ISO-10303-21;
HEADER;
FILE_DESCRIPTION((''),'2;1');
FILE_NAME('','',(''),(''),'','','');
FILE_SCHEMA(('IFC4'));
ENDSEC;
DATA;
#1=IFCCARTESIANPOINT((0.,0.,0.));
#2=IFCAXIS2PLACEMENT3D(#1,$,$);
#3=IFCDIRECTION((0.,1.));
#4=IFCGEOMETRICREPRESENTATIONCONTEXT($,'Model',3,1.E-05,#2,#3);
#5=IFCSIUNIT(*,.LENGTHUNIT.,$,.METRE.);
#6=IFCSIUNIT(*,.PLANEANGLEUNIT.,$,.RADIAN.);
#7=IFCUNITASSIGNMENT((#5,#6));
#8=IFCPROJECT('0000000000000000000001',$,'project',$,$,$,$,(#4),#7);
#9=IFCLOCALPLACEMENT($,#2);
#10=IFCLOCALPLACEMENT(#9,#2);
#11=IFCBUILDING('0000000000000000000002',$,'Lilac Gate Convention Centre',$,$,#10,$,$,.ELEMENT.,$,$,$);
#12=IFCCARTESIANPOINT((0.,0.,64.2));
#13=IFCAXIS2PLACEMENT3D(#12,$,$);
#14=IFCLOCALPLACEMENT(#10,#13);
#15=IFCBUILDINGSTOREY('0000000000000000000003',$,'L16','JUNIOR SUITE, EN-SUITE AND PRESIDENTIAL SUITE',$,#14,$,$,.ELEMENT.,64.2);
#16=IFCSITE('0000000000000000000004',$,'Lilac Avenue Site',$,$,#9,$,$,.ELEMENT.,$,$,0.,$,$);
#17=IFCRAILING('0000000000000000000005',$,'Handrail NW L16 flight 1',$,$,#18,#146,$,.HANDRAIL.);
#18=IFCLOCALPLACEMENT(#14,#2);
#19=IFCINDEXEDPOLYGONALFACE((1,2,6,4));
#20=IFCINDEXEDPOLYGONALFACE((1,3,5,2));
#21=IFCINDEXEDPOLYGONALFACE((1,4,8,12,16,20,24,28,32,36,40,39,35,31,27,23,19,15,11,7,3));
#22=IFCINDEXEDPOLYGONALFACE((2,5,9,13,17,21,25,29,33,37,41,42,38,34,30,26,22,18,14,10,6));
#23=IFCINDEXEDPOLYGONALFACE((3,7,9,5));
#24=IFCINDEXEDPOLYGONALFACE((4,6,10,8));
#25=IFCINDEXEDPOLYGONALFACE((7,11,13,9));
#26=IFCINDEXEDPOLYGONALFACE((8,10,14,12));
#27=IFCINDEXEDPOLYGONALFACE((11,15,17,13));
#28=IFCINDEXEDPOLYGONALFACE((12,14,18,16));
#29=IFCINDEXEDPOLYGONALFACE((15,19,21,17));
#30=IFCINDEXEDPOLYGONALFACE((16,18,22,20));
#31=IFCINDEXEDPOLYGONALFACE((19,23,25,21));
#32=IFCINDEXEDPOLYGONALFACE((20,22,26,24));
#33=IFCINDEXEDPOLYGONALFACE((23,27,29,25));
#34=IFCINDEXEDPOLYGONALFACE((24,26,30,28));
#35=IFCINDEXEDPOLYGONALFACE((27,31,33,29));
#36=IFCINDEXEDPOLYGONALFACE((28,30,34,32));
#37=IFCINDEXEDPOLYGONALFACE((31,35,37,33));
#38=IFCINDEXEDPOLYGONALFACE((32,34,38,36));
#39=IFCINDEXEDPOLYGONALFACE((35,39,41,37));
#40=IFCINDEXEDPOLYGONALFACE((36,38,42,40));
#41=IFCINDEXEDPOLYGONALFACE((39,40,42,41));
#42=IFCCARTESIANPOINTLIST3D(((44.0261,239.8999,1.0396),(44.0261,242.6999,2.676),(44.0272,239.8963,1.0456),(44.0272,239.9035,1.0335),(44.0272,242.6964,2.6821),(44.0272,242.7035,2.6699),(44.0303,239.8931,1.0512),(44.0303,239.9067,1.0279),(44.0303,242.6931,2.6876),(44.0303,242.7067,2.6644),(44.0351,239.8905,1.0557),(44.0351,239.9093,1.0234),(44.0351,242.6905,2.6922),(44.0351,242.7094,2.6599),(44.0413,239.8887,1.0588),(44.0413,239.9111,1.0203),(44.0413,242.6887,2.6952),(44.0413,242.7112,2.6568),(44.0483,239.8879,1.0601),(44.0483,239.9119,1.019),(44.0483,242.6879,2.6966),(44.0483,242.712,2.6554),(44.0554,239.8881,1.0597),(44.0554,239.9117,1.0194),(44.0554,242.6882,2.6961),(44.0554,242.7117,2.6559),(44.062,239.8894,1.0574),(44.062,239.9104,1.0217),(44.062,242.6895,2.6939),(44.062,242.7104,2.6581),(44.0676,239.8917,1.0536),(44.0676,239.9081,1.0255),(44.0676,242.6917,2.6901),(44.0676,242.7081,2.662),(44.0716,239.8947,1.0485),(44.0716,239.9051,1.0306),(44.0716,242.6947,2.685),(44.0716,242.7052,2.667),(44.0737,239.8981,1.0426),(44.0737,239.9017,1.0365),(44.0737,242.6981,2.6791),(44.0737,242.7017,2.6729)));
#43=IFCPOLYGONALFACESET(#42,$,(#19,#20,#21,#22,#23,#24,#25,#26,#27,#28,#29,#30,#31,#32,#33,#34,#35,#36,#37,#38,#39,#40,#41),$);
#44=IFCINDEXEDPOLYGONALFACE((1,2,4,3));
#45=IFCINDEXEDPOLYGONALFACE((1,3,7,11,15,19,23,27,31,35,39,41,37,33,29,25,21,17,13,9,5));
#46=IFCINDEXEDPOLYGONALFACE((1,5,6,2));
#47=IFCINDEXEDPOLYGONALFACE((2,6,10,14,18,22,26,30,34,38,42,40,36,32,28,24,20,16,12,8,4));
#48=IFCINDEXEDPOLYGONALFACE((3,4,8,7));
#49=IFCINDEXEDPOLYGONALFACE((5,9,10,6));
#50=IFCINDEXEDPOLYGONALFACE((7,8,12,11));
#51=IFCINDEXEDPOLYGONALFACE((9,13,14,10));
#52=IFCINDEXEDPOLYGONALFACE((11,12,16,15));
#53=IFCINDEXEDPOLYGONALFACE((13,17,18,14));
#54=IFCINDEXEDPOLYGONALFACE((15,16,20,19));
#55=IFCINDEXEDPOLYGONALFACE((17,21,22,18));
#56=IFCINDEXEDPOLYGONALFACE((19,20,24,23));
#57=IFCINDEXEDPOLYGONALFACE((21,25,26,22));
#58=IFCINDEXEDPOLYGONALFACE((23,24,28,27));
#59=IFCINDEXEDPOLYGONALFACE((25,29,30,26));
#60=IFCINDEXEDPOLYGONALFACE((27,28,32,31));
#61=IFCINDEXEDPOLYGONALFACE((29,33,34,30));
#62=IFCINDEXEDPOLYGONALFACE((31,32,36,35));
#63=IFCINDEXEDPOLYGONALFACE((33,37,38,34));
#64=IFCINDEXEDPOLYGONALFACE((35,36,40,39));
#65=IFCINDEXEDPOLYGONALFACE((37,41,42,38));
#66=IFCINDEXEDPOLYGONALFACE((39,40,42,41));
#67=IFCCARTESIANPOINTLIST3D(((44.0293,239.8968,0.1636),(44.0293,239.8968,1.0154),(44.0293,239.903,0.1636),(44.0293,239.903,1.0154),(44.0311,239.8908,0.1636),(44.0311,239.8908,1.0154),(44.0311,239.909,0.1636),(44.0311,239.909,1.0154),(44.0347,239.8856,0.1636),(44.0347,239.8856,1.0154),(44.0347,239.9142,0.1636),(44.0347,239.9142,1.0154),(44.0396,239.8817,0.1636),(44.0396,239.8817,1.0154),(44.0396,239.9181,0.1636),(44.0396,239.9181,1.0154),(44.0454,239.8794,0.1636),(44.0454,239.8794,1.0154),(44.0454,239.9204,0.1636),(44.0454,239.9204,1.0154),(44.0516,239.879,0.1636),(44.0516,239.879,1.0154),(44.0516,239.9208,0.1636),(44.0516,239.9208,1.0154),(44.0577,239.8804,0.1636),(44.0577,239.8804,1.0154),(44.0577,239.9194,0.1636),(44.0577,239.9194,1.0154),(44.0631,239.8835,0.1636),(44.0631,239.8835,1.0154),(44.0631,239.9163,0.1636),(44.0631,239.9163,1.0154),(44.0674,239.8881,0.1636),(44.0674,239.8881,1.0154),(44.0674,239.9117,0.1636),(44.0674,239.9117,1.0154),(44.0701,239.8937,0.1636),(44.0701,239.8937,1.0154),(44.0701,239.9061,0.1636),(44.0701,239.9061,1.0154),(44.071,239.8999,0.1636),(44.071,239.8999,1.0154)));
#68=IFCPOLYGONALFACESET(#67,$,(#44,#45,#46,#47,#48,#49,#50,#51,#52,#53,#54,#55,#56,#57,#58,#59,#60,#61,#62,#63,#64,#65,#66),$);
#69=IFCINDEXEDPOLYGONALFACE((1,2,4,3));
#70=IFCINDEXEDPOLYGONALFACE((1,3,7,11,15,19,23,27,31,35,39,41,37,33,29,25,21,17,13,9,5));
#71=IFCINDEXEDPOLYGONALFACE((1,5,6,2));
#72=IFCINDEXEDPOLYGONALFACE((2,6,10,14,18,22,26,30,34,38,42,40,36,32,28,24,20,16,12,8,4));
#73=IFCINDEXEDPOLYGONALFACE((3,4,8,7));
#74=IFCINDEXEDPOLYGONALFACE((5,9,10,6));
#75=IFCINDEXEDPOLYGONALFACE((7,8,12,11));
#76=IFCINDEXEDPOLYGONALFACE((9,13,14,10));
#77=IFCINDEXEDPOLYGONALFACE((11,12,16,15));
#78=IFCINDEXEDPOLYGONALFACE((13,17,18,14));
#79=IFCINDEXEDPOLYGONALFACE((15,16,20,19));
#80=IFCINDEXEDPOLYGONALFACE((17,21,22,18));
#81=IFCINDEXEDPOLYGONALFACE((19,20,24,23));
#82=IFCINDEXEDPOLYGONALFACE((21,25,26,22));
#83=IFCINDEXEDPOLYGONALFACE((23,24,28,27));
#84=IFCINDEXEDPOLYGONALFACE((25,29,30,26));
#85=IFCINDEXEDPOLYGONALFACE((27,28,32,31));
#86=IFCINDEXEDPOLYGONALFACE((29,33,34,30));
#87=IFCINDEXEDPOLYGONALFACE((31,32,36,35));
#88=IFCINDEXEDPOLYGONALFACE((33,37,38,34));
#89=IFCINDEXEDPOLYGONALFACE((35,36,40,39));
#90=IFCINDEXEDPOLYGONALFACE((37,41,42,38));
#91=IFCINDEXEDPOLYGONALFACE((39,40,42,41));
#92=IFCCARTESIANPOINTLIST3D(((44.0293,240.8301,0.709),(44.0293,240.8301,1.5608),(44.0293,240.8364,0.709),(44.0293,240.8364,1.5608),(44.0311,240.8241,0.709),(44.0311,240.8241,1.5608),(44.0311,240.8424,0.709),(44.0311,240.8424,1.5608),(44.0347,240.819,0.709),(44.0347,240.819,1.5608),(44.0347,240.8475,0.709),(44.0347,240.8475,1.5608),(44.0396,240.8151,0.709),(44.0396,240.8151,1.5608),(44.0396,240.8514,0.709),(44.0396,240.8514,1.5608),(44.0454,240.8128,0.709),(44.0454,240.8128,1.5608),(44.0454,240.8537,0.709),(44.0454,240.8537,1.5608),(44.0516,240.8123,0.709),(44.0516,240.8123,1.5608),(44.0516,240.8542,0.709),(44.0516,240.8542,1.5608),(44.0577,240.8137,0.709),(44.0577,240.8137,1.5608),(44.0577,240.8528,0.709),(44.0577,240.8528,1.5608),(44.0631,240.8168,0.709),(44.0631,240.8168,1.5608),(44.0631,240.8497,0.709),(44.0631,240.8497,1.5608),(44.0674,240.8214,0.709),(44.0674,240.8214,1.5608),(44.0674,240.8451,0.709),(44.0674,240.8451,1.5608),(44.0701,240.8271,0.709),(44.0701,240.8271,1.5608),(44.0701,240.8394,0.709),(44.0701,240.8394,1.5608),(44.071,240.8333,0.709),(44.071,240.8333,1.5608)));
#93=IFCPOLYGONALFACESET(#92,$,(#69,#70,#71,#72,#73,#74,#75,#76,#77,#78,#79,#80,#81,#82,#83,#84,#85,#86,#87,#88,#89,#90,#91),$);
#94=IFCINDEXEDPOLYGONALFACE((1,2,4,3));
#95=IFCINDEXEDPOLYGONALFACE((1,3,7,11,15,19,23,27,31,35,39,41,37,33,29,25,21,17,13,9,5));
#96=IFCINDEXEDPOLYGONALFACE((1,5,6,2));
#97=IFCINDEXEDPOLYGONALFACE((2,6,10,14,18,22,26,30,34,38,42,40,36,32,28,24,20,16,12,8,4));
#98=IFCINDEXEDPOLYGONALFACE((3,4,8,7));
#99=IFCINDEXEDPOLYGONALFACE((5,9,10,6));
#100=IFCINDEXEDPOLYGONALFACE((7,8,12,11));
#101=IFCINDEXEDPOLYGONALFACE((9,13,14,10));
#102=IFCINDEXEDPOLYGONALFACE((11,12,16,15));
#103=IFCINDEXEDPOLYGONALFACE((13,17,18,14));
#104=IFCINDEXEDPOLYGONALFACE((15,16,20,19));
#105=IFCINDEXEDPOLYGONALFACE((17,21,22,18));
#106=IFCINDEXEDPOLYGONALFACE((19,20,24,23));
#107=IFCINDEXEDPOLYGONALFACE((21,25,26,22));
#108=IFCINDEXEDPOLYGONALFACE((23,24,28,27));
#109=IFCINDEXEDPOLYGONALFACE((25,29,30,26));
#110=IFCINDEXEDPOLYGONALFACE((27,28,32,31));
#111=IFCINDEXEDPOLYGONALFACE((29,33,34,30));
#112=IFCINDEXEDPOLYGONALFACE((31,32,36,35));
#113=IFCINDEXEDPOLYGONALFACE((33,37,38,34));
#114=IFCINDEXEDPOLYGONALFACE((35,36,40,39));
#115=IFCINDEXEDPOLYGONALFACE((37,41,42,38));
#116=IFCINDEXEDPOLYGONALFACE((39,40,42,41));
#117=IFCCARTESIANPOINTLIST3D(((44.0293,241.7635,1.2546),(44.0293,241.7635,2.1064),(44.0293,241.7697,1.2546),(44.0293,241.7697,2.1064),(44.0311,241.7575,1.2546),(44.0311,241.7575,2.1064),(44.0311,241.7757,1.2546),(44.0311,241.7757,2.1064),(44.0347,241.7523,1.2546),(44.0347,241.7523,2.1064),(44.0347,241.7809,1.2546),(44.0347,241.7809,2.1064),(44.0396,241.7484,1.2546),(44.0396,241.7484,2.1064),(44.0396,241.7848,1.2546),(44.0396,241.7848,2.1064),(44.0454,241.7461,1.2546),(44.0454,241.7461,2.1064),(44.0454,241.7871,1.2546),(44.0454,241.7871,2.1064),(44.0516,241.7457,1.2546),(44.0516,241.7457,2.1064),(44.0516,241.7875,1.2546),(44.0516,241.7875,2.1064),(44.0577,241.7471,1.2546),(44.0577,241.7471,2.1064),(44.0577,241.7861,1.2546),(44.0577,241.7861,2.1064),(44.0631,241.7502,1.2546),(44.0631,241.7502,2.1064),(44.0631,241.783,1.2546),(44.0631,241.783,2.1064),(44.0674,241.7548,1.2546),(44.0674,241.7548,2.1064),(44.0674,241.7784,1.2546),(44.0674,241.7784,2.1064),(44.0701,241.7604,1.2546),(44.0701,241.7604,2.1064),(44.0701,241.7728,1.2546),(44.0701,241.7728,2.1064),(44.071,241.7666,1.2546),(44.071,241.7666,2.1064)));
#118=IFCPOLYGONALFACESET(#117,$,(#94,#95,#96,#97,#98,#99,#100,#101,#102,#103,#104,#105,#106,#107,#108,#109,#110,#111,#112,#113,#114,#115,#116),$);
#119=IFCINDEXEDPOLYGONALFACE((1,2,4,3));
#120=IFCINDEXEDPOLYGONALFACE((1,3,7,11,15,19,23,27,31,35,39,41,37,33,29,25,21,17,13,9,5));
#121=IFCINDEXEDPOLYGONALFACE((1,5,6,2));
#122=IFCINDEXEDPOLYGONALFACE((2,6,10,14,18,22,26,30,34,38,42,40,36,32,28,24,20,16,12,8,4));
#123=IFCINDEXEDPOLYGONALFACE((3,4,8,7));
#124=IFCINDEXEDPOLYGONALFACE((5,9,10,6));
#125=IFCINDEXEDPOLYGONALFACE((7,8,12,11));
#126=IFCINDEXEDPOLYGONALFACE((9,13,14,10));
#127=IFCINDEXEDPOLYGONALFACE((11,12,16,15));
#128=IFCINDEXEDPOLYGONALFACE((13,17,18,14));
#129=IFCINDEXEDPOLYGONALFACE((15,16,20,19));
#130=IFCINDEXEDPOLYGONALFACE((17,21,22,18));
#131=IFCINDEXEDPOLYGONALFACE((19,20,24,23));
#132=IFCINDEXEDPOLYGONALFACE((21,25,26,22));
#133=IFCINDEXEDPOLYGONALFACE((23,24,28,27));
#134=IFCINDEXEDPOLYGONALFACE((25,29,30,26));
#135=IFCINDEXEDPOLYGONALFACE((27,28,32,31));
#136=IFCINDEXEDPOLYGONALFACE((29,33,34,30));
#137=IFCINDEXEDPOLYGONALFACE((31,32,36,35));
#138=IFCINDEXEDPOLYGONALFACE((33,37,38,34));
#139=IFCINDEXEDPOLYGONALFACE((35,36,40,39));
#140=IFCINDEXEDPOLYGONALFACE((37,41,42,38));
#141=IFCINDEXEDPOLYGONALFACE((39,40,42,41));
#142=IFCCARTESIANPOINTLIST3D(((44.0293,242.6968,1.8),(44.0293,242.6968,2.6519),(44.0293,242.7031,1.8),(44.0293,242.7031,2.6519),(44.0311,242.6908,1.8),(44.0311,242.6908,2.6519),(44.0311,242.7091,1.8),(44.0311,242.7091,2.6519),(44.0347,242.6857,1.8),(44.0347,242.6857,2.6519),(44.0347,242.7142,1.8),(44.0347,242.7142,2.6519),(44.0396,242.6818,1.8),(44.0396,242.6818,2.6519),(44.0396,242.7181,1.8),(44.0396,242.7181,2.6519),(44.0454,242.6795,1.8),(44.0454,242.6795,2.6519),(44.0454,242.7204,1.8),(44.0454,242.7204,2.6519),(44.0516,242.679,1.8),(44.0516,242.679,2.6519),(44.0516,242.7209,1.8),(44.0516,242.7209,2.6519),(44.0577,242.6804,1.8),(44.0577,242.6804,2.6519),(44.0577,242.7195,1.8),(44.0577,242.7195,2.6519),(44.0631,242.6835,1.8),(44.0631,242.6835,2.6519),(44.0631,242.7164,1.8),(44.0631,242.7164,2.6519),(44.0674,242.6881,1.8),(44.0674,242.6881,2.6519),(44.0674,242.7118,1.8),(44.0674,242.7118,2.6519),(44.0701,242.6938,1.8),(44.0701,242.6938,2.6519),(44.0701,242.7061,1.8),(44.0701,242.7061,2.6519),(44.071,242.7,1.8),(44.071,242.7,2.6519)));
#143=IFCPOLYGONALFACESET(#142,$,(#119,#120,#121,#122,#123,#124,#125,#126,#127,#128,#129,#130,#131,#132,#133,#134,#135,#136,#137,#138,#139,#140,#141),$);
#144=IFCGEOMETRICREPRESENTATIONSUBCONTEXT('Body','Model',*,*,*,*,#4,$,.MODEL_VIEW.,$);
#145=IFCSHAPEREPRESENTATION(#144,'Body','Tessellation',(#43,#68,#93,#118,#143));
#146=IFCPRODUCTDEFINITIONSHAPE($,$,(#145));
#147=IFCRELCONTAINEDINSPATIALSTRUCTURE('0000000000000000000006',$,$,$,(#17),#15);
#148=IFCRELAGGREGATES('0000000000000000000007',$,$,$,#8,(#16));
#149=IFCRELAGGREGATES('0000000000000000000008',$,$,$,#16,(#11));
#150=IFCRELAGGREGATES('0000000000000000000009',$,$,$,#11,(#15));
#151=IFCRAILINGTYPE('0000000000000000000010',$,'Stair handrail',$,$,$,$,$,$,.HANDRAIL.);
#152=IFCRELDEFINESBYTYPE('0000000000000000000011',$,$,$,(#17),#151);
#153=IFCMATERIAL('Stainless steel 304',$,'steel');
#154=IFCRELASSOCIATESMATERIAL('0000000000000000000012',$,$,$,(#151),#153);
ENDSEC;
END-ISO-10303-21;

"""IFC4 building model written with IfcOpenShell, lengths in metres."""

from ifc_helpers import new_model, si_unit, direction, frame, origin, origin_2d, place, context, subcontext, project, spatial, circle, extrude, material, type_object, element, save


model = new_model("IFC4")

# Units and contexts
model_context = context("Model", 3, precision=1e-05, world=origin(), true_north=direction((0.0, 1.0)))
body_context = subcontext(model_context, "Body", "Model", "MODEL_VIEW")
ifc_project = project(units=[si_unit("LENGTHUNIT", "METRE"), si_unit("PLANEANGLEUNIT", "RADIAN")], contexts=[model_context])

# Site, building, storey
site_placement = place(None, origin())
site = spatial("IfcSite", under=ifc_project, at=site_placement, Name="Lilac Avenue Site", CompositionType="ELEMENT", RefElevation=0.0)
building_placement = place(site_placement, origin())
building = spatial("IfcBuilding", under=site, at=building_placement, Name="Lilac Gate Convention Centre", CompositionType="ELEMENT")
storey_placement = place(building_placement, frame((0.0, 0.0, 64.2)))
storey = spatial("IfcBuildingStorey", under=building, at=storey_placement, Name="L16", Description="JUNIOR SUITE, EN-SUITE AND PRESIDENTIAL SUITE", CompositionType="ELEMENT", Elevation=64.2)

# Railing
ifc_material_1 = material(Name="Stainless steel 304", Category="steel")
railing_type = type_object("IfcRailingType", Name="Stair handrail", PredefinedType="HANDRAIL", material=ifc_material_1)
for number, where, name in (
    (1, (44.05, 239.8999, 0.1636), "Handrail NW L16 flight 1"),
):
    element("IfcRailing", number, at=place(storey_placement, frame(where)), inside=storey, type_object=railing_type, Name=name, PredefinedType="HANDRAIL", context=body_context, shape_type="SweptSolid", body=[
        extrude(circle(Radius=0.0239, at=origin_2d()), frame((0.0, 0.0, 0.876), z_axis=(0.0, 0.863361, 0.504587), x_axis=(-1.0, 0.0, 0.0)), (0.0, 0.0, 1.0), 3.2432),
        extrude(circle(Radius=0.021, at=origin_2d()), origin(), (0.0, 0.0, 1.0), 0.8518),
        extrude(circle(Radius=0.021, at=origin_2d()), frame((0.0, 0.9333, 0.5454)), (0.0, 0.0, 1.0), 0.8518),
        extrude(circle(Radius=0.021, at=origin_2d()), frame((0.0, 1.8667, 1.0911)), (0.0, 0.0, 1.0), 0.8518),
        extrude(circle(Radius=0.021, at=origin_2d()), frame((0.0, 2.8, 1.6365)), (0.0, 0.0, 1.0), 0.8518),
    ])

save(model, "model.ifc")
